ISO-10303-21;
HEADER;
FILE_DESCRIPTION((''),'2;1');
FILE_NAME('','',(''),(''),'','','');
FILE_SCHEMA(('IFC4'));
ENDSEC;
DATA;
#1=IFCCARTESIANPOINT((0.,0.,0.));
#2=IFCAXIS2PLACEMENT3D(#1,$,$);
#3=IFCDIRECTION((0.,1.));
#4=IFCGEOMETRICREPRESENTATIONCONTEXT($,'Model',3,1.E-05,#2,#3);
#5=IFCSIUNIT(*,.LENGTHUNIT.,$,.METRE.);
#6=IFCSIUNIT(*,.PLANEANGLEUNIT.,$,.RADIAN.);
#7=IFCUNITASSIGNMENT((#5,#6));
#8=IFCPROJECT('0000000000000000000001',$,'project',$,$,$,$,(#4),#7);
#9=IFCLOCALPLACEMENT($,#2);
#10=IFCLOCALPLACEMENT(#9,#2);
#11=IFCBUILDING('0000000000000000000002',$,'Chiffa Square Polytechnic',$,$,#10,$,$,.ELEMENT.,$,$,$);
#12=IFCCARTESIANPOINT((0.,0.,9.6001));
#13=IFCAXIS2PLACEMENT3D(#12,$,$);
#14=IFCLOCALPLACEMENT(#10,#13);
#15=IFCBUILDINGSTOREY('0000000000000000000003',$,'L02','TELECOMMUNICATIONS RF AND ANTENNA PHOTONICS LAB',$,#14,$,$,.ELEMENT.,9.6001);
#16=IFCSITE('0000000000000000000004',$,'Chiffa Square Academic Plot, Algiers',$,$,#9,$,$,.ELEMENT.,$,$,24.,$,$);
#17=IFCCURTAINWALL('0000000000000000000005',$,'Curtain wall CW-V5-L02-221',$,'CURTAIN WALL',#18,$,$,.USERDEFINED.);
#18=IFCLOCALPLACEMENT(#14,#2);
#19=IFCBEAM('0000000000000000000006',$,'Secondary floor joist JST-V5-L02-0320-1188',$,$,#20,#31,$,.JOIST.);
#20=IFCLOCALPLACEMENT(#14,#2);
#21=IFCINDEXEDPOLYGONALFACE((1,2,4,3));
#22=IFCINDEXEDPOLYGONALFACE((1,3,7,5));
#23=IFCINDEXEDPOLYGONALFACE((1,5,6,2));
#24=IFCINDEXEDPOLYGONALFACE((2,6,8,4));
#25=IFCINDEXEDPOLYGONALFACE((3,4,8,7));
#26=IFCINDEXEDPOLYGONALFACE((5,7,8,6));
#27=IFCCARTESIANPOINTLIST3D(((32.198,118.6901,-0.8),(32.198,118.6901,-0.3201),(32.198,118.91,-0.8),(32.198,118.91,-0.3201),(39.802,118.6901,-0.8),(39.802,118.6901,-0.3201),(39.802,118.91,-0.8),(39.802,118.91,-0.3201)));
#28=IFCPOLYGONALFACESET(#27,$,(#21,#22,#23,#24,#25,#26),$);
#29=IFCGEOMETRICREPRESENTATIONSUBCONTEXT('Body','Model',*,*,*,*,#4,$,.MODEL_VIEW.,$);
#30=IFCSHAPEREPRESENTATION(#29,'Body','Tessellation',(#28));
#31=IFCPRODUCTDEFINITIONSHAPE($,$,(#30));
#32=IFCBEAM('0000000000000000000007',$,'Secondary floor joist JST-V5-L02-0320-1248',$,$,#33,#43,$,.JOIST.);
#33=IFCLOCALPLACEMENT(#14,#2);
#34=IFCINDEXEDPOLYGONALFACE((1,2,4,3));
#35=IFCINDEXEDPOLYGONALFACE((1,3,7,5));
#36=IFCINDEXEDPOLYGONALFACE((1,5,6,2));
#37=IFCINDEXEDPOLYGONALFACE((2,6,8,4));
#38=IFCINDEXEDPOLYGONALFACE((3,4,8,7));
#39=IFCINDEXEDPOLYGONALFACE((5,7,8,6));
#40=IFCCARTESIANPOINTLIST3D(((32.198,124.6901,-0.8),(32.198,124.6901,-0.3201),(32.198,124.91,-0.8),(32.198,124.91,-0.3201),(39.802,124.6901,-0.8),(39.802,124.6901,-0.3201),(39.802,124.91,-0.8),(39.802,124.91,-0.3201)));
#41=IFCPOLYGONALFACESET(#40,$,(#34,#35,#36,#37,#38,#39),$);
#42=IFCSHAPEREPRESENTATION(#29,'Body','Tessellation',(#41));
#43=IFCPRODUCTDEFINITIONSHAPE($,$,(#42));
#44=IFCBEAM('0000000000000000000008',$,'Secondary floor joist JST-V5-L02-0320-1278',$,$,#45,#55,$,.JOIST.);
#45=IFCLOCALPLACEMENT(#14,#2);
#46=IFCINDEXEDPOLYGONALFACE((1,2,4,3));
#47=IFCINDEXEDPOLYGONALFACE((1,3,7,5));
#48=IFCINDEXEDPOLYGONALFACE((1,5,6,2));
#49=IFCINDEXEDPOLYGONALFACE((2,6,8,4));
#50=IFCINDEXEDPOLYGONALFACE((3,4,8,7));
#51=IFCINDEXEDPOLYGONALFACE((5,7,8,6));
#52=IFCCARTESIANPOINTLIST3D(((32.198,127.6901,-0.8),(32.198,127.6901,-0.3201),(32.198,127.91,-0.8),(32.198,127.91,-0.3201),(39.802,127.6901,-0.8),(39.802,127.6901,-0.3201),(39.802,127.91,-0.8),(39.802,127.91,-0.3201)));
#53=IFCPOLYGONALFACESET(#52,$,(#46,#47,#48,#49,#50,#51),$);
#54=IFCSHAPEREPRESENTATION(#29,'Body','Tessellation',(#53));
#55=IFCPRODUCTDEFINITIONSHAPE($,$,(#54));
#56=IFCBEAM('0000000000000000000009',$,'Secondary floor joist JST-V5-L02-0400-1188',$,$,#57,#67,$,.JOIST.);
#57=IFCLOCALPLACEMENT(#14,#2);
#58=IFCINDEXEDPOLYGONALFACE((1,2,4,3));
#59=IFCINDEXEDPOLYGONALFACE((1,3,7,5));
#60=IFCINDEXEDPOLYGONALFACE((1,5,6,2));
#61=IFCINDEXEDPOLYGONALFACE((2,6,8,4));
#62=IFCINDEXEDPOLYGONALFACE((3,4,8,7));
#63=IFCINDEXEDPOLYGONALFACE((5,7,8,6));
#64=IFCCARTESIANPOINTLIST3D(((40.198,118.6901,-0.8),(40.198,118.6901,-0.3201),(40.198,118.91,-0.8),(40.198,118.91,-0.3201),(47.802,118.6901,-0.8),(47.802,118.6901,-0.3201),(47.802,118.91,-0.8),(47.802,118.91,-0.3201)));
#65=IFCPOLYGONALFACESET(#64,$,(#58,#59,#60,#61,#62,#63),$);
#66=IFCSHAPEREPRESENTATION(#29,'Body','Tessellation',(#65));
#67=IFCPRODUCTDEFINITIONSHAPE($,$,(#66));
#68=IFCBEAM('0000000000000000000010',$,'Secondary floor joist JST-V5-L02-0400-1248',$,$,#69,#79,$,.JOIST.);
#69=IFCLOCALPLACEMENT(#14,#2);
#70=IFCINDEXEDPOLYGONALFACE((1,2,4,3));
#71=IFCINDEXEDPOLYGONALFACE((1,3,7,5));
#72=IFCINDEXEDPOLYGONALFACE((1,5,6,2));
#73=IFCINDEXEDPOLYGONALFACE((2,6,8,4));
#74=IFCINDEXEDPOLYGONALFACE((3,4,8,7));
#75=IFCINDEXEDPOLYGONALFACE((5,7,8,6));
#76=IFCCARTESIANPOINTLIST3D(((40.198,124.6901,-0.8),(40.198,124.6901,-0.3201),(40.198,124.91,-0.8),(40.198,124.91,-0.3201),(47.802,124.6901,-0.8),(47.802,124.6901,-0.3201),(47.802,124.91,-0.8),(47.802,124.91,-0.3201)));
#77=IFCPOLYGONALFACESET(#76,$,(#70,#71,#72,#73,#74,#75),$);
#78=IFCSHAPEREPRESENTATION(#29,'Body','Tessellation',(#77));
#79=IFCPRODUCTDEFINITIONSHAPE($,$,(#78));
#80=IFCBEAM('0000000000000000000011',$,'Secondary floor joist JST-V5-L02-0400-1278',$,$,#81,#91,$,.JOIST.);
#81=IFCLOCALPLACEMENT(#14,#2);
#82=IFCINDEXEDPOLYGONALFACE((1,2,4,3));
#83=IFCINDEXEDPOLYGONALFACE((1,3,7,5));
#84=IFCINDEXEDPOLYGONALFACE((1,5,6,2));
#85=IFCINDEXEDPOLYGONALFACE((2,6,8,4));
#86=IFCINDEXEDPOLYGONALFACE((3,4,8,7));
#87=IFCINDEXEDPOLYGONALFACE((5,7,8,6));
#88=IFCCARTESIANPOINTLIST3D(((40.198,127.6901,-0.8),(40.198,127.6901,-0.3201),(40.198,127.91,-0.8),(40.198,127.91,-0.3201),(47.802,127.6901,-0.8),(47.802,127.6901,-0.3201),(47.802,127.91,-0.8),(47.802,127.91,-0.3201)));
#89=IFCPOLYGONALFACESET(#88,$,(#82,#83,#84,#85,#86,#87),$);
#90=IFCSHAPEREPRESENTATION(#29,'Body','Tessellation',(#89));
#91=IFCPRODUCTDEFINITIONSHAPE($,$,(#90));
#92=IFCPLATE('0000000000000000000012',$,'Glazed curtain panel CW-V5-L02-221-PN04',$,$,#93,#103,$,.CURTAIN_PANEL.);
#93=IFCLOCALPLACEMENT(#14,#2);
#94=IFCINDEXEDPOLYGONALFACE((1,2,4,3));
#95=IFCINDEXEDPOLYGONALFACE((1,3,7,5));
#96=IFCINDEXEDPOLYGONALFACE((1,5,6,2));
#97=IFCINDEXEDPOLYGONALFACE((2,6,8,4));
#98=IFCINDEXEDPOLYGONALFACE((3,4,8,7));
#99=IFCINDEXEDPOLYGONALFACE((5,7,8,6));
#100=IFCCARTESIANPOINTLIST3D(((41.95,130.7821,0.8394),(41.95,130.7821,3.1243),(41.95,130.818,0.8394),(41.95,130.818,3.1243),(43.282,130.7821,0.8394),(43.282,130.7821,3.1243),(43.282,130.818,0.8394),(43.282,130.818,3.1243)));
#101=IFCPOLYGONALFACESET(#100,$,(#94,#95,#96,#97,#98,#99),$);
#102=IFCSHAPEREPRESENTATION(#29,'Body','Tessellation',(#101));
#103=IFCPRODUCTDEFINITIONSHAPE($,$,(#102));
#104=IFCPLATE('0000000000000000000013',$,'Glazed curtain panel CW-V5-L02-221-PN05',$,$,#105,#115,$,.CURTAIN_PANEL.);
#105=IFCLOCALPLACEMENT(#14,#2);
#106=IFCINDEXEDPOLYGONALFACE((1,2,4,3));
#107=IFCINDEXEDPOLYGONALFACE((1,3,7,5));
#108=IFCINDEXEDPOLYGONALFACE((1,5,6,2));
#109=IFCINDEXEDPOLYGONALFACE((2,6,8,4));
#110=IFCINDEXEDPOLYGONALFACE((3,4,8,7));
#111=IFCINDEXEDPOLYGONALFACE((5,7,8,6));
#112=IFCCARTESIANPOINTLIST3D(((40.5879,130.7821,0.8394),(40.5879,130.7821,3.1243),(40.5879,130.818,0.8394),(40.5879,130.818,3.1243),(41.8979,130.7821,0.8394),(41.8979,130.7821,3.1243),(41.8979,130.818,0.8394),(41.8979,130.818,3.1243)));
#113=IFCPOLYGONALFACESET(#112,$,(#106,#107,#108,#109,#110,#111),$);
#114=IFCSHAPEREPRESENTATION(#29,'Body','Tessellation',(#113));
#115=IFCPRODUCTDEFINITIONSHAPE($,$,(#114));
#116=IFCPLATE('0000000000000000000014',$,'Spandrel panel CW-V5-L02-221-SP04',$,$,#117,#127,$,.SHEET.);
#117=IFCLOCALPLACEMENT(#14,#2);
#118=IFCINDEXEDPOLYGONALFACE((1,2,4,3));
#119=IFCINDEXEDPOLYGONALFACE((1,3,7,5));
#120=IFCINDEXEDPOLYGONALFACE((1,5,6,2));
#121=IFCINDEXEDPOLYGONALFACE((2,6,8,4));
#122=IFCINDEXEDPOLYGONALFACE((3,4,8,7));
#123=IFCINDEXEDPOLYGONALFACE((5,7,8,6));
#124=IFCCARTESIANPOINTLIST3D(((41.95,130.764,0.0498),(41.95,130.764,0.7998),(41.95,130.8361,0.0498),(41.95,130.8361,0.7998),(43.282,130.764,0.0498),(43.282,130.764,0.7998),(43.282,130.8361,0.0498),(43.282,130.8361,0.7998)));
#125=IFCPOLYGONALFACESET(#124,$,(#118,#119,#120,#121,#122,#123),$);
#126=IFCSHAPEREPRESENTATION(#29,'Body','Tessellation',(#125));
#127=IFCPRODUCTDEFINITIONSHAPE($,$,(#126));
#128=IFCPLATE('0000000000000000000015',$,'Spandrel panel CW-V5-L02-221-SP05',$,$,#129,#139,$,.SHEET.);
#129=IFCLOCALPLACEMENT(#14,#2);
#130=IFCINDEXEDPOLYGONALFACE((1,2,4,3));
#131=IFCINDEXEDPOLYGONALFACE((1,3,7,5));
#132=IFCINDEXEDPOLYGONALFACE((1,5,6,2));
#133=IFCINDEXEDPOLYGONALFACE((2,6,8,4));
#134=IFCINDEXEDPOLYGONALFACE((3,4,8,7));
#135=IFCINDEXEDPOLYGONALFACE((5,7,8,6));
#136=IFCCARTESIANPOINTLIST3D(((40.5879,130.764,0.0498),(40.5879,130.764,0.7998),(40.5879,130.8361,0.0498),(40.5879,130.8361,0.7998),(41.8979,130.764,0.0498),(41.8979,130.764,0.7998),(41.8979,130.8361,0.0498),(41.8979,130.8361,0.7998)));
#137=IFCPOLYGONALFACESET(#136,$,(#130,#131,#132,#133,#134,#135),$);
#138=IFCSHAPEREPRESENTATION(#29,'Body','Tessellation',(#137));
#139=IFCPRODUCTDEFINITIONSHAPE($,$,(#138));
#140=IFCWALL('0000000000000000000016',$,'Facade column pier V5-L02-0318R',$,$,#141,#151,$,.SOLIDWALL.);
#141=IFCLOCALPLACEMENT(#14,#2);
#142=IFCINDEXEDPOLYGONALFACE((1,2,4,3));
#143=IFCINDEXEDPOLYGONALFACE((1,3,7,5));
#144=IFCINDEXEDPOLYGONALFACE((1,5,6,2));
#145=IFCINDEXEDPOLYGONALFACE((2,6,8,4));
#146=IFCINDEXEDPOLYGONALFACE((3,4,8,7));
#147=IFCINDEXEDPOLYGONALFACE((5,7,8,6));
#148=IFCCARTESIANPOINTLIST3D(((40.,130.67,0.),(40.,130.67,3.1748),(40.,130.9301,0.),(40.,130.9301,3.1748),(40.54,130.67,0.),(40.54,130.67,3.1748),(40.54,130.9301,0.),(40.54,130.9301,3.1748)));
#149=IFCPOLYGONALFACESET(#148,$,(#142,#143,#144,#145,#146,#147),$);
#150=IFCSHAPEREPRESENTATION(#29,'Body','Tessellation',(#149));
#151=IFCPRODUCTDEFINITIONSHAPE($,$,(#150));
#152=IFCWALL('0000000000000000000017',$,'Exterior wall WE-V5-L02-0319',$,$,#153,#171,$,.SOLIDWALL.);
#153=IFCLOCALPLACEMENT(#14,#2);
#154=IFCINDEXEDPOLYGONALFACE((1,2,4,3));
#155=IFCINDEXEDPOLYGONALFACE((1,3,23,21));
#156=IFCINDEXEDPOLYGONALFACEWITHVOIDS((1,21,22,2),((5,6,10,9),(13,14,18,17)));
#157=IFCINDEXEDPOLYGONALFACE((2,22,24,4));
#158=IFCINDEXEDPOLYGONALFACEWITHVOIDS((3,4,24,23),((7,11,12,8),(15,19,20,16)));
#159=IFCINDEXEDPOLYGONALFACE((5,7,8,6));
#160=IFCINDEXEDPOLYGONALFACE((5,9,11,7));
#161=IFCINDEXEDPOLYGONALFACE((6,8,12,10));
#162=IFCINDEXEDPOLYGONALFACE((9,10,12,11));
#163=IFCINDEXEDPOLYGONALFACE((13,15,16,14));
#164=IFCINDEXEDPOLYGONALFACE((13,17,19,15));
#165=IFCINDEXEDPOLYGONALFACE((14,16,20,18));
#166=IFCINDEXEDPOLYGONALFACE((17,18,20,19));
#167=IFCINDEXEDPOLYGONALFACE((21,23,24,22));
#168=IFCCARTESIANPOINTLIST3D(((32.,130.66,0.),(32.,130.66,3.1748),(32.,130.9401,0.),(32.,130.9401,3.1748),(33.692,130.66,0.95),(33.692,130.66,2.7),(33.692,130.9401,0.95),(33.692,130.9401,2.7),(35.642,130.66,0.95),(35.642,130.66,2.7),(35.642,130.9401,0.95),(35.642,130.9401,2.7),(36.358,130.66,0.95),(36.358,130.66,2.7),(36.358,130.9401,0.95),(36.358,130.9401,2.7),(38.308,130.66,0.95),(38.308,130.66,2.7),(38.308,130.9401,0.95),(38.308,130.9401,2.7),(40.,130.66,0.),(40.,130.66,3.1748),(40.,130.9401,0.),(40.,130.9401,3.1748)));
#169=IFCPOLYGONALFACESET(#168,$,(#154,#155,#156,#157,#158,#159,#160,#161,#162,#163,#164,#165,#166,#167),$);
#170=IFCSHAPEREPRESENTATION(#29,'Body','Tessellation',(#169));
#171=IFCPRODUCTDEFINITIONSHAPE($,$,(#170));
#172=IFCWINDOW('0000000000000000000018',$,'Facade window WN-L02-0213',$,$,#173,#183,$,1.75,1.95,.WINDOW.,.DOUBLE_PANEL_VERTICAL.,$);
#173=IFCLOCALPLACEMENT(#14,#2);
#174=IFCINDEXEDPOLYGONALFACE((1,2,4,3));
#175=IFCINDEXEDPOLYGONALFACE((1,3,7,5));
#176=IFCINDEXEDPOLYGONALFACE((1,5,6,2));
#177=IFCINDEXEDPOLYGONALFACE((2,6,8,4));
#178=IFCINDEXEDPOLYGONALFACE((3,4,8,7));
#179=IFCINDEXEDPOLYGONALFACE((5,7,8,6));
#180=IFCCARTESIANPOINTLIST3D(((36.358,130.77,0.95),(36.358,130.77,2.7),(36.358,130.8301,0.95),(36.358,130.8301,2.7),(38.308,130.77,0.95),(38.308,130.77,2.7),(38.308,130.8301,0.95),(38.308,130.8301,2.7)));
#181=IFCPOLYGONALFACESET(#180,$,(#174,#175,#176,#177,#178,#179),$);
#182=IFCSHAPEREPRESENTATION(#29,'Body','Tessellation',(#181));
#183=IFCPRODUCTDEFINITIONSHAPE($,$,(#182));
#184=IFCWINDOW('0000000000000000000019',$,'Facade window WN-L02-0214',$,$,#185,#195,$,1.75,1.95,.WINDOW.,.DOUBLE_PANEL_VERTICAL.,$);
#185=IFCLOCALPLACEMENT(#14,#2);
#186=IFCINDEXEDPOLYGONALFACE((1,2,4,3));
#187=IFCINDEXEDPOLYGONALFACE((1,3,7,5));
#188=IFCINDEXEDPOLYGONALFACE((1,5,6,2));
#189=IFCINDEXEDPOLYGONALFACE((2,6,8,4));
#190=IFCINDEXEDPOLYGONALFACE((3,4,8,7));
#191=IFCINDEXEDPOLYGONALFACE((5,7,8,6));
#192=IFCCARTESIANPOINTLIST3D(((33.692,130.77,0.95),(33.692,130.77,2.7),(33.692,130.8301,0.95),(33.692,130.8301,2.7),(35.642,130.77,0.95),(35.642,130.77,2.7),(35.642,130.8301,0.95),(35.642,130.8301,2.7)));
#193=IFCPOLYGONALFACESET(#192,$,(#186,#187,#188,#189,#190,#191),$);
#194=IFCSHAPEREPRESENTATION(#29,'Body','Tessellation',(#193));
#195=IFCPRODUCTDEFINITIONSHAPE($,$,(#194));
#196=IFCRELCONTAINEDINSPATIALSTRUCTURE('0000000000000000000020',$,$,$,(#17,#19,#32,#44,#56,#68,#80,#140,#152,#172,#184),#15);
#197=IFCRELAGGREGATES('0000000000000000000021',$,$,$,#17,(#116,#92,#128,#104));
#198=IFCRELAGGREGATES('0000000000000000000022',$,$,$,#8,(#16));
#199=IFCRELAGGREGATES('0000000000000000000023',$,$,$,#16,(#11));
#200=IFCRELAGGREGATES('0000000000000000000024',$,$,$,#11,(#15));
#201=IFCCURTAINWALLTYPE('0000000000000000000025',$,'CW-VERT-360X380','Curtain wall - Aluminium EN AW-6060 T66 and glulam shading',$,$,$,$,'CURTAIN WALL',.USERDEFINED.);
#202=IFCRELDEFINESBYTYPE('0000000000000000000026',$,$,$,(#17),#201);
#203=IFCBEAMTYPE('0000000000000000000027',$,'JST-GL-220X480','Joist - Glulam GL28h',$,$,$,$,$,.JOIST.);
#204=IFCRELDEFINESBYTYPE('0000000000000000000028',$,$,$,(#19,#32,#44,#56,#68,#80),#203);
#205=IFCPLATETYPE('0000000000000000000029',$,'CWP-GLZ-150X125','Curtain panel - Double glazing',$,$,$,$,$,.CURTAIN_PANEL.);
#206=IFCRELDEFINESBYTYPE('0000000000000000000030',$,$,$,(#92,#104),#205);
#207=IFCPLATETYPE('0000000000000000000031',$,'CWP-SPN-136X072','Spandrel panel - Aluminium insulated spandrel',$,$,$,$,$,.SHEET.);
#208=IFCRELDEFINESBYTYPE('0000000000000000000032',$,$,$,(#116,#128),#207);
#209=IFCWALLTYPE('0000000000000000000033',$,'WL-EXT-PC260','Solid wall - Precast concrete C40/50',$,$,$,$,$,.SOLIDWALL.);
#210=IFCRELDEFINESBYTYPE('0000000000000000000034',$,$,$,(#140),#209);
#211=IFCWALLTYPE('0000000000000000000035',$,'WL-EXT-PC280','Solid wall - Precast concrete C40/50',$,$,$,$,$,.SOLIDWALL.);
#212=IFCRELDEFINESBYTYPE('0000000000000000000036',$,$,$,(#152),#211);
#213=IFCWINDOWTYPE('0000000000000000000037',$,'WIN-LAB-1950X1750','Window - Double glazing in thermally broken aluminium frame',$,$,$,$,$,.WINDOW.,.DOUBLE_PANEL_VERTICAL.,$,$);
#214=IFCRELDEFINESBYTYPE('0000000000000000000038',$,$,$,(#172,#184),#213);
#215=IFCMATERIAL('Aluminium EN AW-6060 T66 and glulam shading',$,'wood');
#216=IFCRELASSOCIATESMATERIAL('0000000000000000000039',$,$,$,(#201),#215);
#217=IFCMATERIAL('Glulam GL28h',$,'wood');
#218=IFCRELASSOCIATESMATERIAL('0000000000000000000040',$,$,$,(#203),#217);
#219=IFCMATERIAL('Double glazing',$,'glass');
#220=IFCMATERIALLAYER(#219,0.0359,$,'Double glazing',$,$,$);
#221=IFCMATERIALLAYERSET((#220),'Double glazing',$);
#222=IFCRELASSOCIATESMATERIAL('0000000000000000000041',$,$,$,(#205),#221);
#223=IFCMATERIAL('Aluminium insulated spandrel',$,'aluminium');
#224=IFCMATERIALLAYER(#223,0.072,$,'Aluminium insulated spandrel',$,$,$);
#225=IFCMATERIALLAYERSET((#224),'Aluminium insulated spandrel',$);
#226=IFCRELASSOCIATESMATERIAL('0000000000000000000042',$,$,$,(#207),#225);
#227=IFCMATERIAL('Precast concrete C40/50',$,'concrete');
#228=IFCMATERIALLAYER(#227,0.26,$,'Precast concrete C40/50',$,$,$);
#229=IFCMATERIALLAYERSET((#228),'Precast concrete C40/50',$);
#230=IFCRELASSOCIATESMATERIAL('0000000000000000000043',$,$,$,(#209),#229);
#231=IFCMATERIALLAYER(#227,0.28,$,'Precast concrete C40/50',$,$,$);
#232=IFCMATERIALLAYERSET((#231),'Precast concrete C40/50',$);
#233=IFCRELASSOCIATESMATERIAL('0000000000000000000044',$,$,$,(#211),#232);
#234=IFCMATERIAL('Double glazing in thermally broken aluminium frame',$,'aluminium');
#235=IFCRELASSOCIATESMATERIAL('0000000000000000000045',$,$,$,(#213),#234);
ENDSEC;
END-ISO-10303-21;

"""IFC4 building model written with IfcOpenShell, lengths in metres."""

from ifc_helpers import new_model, si_unit, direction, frame, frame_2d, origin, origin_2d, place, context, subcontext, project, spatial, rectangle, extrude, material, layer, layer_set, material_profile, profile_set, type_object, element, fill, aggregate, save


model = new_model("IFC4")

# Units and contexts
model_context = context("Model", 3, precision=1e-05, world=origin(), true_north=direction((0.0, 1.0)))
body_context = subcontext(model_context, "Body", "Model", "MODEL_VIEW")
ifc_project = project(units=[si_unit("LENGTHUNIT", "METRE"), si_unit("PLANEANGLEUNIT", "RADIAN")], contexts=[model_context])

# Site, building, storey
site_placement = place(None, origin())
site = spatial("IfcSite", under=ifc_project, at=site_placement, Name="Chiffa Square Academic Plot, Algiers", CompositionType="ELEMENT", RefElevation=24.0)
building_placement = place(site_placement, origin())
building = spatial("IfcBuilding", under=site, at=building_placement, Name="Chiffa Square Polytechnic", CompositionType="ELEMENT")
storey_placement = place(building_placement, frame((0.0, 0.0, 9.6001)))
storey = spatial("IfcBuildingStorey", under=building, at=storey_placement, Name="L02", Description="TELECOMMUNICATIONS RF AND ANTENNA PHOTONICS LAB", CompositionType="ELEMENT", Elevation=9.6001)

# Curtain wall
ifc_material_1 = material(Name="Aluminium EN AW-6060 T66 and glulam shading", Category="wood")
curtain_wall_type = type_object("IfcCurtainWallType", Name="CW-VERT-360X380", Description="Curtain wall - Aluminium EN AW-6060 T66 and glulam shading", ElementType="CURTAIN WALL", PredefinedType="USERDEFINED", material=ifc_material_1)
curtain_wall_placement = place(storey_placement, origin())
curtain_wall = element("IfcCurtainWall", 1, at=curtain_wall_placement, inside=storey, type_object=curtain_wall_type, Name="Curtain wall CW-V5-L02-221", ObjectType="CURTAIN WALL", PredefinedType="USERDEFINED")
ifc_material_2 = material(Name="Glulam GL28h", Category="wood")

# Beams
ifc_material_profile_1 = material_profile(ifc_material_2, rectangle(XDim=0.22, YDim=0.48, at=origin_2d()), Name="GL28h 220x480")
ifc_profile_set_1 = profile_set([ifc_material_profile_1], Name="Glulam GL28h")
beam_type_1 = type_object("IfcBeamType", Name="JST-GL-220X480", Description="Joist - Glulam GL28h", PredefinedType="JOIST", material=ifc_profile_set_1)
for number, where, z_axis, x_axis, name in (
    (2, (32.198, 118.8, -0.5601), (1.0, 0.0, 0.0), (0.0, 1.0, 0.0), "Secondary floor joist JST-V5-L02-0320-1188"),
    (3, (32.198, 124.8, -0.5601), (1.0, 0.0, 0.0), (0.0, 1.0, 0.0), "Secondary floor joist JST-V5-L02-0320-1248"),
    (4, (32.198, 127.8, -0.5601), (1.0, 0.0, 0.0), (0.0, 1.0, 0.0), "Secondary floor joist JST-V5-L02-0320-1278"),
    (5, (40.198, 118.8, -0.5601), (1.0, 0.0, 0.0), (0.0, 1.0, 0.0), "Secondary floor joist JST-V5-L02-0400-1188"),
    (6, (40.198, 124.8, -0.5601), (1.0, 0.0, 0.0), (0.0, 1.0, 0.0), "Secondary floor joist JST-V5-L02-0400-1248"),
    (7, (40.198, 127.8, -0.5601), (1.0, 0.0, 0.0), (0.0, 1.0, 0.0), "Secondary floor joist JST-V5-L02-0400-1278"),
):
    element("IfcBeam", number, at=place(storey_placement, frame(where, z_axis=z_axis, x_axis=x_axis)), inside=storey, type_object=beam_type_1, Name=name, PredefinedType="JOIST", context=body_context, shape_type="SweptSolid", body=[
        extrude(rectangle(XDim=0.22, YDim=0.48, at=origin_2d()), origin(), (0.0, 0.0, 1.0), 7.604),
    ])

# Plates
ifc_material_3 = material(Name="Double glazing", Category="glass")
ifc_layer_1 = layer(ifc_material_3, 0.0359, Name="Double glazing")
ifc_layer_set_1 = layer_set([ifc_layer_1], Name="Double glazing")
plate_type_1 = type_object("IfcPlateType", Name="CWP-GLZ-150X125", Description="Curtain panel - Double glazing", PredefinedType="CURTAIN_PANEL", material=ifc_layer_set_1)
plate_1_placement = place(storey_placement, frame((42.616, 130.8, 0.8394), z_axis=(0.0, 0.0, 1.0), x_axis=(-1.0, 0.0, 0.0)))
plate_1 = element("IfcPlate", 8, at=plate_1_placement, type_object=plate_type_1, Name="Glazed curtain panel CW-V5-L02-221-PN04", PredefinedType="CURTAIN_PANEL", context=body_context, shape_type="SweptSolid", body=[
    extrude(rectangle(XDim=1.332, YDim=0.0359, at=origin_2d()), origin(), (0.0, 0.0, 1.0), 2.2849),
])
plate_2_placement = place(storey_placement, frame((41.2429, 130.8, 0.8394), z_axis=(0.0, 0.0, 1.0), x_axis=(-1.0, 0.0, 0.0)))
plate_2 = element("IfcPlate", 9, at=plate_2_placement, type_object=plate_type_1, Name="Glazed curtain panel CW-V5-L02-221-PN05", PredefinedType="CURTAIN_PANEL", context=body_context, shape_type="SweptSolid", body=[
    extrude(rectangle(XDim=1.3101, YDim=0.0359, at=origin_2d()), origin(), (0.0, 0.0, 1.0), 2.2849),
])
ifc_material_4 = material(Name="Aluminium insulated spandrel", Category="aluminium")
ifc_layer_2 = layer(ifc_material_4, 0.072, Name="Aluminium insulated spandrel")
ifc_layer_set_2 = layer_set([ifc_layer_2], Name="Aluminium insulated spandrel")
plate_type_2 = type_object("IfcPlateType", Name="CWP-SPN-136X072", Description="Spandrel panel - Aluminium insulated spandrel", PredefinedType="SHEET", material=ifc_layer_set_2)
plate_3_placement = place(storey_placement, frame((42.616, 130.8, 0.0498), z_axis=(0.0, 0.0, 1.0), x_axis=(-1.0, 0.0, 0.0)))
plate_3 = element("IfcPlate", 10, at=plate_3_placement, type_object=plate_type_2, Name="Spandrel panel CW-V5-L02-221-SP04", PredefinedType="SHEET", context=body_context, shape_type="SweptSolid", body=[
    extrude(rectangle(XDim=1.332, YDim=0.072, at=origin_2d()), origin(), (0.0, 0.0, 1.0), 0.75),
])
plate_4_placement = place(storey_placement, frame((41.2429, 130.8, 0.0498), z_axis=(0.0, 0.0, 1.0), x_axis=(-1.0, 0.0, 0.0)))
plate_4 = element("IfcPlate", 11, at=plate_4_placement, type_object=plate_type_2, Name="Spandrel panel CW-V5-L02-221-SP05", PredefinedType="SHEET", context=body_context, shape_type="SweptSolid", body=[
    extrude(rectangle(XDim=1.3101, YDim=0.072, at=origin_2d()), origin(), (0.0, 0.0, 1.0), 0.75),
])
aggregate(curtain_wall, [plate_3, plate_1, plate_4, plate_2])

# Wall
ifc_material_5 = material(Name="Precast concrete C40/50", Category="concrete")
ifc_layer_3 = layer(ifc_material_5, 0.26, Name="Precast concrete C40/50")
ifc_layer_set_3 = layer_set([ifc_layer_3], Name="Precast concrete C40/50")
wall_type_1 = type_object("IfcWallType", Name="WL-EXT-PC260", Description="Solid wall - Precast concrete C40/50", PredefinedType="SOLIDWALL", material=ifc_layer_set_3)
wall_1_placement = place(storey_placement, frame((40.54, 130.8, 0.0), z_axis=(0.0, 0.0, 1.0), x_axis=(-1.0, 0.0, 0.0)))
element("IfcWall", 12, at=wall_1_placement, inside=storey, type_object=wall_type_1, Name="Facade column pier V5-L02-0318R", PredefinedType="SOLIDWALL", context=body_context, shape_type="SweptSolid", body=[
    extrude(rectangle(XDim=0.54, YDim=0.26, at=frame_2d((0.27, 0.0))), origin(), (0.0, 0.0, 1.0), 3.1748),
])

# Wall, openings, windows
ifc_layer_4 = layer(ifc_material_5, 0.28, Name="Precast concrete C40/50")
ifc_layer_set_4 = layer_set([ifc_layer_4], Name="Precast concrete C40/50")
wall_type_2 = type_object("IfcWallType", Name="WL-EXT-PC280", Description="Solid wall - Precast concrete C40/50", PredefinedType="SOLIDWALL", material=ifc_layer_set_4)
wall_2_placement = place(storey_placement, frame((40.0, 130.8, 0.0), z_axis=(0.0, 0.0, 1.0), x_axis=(-1.0, 0.0, 0.0)))
wall_2 = element("IfcWall", 13, at=wall_2_placement, inside=storey, type_object=wall_type_2, Name="Exterior wall WE-V5-L02-0319", PredefinedType="SOLIDWALL", context=body_context, shape_type="SweptSolid", body=[
    extrude(rectangle(XDim=8.0, YDim=0.28, at=frame_2d((4.0, 0.0))), origin(), (0.0, 0.0, 1.0), 3.1748),
])
opening_1_placement = place(wall_2_placement, frame((1.6919, 0.0, 0.95)))
opening_1 = element("IfcOpeningElement", 14, at=opening_1_placement, cuts=wall_2, PredefinedType="OPENING", context=body_context, shape_type="SweptSolid", body=[
    extrude(rectangle(XDim=1.95, YDim=1.75, at=frame_2d((0.9751, 0.875))), frame((0.0, 0.1499, 0.0), z_axis=(0.0, -1.0, 0.0), x_axis=(1.0, 0.0, 0.0)), (0.0, 0.0, 1.0), 0.3),
])
opening_2_placement = place(wall_2_placement, frame((4.3579, 0.0, 0.95)))
opening_2 = element("IfcOpeningElement", 15, at=opening_2_placement, cuts=wall_2, PredefinedType="OPENING", context=body_context, shape_type="SweptSolid", body=[
    extrude(rectangle(XDim=1.95, YDim=1.75, at=frame_2d((0.9751, 0.875))), frame((0.0, 0.1499, 0.0), z_axis=(0.0, -1.0, 0.0), x_axis=(1.0, 0.0, 0.0)), (0.0, 0.0, 1.0), 0.3),
])
ifc_material_6 = material(Name="Double glazing in thermally broken aluminium frame", Category="aluminium")
window_type = type_object("IfcWindowType", Name="WIN-LAB-1950X1750", Description="Window - Double glazing in thermally broken aluminium frame", PartitioningType="DOUBLE_PANEL_VERTICAL", PredefinedType="WINDOW", material=ifc_material_6)
window_1_placement = place(opening_1_placement, origin())
window_1 = element("IfcWindow", 16, at=window_1_placement, inside=storey, type_object=window_type, Name="Facade window WN-L02-0213", OverallHeight=1.75, OverallWidth=1.95, PartitioningType="DOUBLE_PANEL_VERTICAL", PredefinedType="WINDOW", context=body_context, shape_type="SweptSolid", body=[
    extrude(rectangle(XDim=1.95, YDim=1.75, at=frame_2d((0.9751, 0.875))), frame((0.0, 0.03, 0.0), z_axis=(0.0, -1.0, 0.0), x_axis=(1.0, 0.0, 0.0)), (0.0, 0.0, 1.0), 0.0601),
])
fill(opening_1, window_1)
window_2_placement = place(opening_2_placement, origin())
window_2 = element("IfcWindow", 17, at=window_2_placement, inside=storey, type_object=window_type, Name="Facade window WN-L02-0214", OverallHeight=1.75, OverallWidth=1.95, PartitioningType="DOUBLE_PANEL_VERTICAL", PredefinedType="WINDOW", context=body_context, shape_type="SweptSolid", body=[
    extrude(rectangle(XDim=1.95, YDim=1.75, at=frame_2d((0.9751, 0.875))), frame((0.0, 0.03, 0.0), z_axis=(0.0, -1.0, 0.0), x_axis=(1.0, 0.0, 0.0)), (0.0, 0.0, 1.0), 0.0601),
])
fill(opening_2, window_2)

save(model, "model.ifc")
